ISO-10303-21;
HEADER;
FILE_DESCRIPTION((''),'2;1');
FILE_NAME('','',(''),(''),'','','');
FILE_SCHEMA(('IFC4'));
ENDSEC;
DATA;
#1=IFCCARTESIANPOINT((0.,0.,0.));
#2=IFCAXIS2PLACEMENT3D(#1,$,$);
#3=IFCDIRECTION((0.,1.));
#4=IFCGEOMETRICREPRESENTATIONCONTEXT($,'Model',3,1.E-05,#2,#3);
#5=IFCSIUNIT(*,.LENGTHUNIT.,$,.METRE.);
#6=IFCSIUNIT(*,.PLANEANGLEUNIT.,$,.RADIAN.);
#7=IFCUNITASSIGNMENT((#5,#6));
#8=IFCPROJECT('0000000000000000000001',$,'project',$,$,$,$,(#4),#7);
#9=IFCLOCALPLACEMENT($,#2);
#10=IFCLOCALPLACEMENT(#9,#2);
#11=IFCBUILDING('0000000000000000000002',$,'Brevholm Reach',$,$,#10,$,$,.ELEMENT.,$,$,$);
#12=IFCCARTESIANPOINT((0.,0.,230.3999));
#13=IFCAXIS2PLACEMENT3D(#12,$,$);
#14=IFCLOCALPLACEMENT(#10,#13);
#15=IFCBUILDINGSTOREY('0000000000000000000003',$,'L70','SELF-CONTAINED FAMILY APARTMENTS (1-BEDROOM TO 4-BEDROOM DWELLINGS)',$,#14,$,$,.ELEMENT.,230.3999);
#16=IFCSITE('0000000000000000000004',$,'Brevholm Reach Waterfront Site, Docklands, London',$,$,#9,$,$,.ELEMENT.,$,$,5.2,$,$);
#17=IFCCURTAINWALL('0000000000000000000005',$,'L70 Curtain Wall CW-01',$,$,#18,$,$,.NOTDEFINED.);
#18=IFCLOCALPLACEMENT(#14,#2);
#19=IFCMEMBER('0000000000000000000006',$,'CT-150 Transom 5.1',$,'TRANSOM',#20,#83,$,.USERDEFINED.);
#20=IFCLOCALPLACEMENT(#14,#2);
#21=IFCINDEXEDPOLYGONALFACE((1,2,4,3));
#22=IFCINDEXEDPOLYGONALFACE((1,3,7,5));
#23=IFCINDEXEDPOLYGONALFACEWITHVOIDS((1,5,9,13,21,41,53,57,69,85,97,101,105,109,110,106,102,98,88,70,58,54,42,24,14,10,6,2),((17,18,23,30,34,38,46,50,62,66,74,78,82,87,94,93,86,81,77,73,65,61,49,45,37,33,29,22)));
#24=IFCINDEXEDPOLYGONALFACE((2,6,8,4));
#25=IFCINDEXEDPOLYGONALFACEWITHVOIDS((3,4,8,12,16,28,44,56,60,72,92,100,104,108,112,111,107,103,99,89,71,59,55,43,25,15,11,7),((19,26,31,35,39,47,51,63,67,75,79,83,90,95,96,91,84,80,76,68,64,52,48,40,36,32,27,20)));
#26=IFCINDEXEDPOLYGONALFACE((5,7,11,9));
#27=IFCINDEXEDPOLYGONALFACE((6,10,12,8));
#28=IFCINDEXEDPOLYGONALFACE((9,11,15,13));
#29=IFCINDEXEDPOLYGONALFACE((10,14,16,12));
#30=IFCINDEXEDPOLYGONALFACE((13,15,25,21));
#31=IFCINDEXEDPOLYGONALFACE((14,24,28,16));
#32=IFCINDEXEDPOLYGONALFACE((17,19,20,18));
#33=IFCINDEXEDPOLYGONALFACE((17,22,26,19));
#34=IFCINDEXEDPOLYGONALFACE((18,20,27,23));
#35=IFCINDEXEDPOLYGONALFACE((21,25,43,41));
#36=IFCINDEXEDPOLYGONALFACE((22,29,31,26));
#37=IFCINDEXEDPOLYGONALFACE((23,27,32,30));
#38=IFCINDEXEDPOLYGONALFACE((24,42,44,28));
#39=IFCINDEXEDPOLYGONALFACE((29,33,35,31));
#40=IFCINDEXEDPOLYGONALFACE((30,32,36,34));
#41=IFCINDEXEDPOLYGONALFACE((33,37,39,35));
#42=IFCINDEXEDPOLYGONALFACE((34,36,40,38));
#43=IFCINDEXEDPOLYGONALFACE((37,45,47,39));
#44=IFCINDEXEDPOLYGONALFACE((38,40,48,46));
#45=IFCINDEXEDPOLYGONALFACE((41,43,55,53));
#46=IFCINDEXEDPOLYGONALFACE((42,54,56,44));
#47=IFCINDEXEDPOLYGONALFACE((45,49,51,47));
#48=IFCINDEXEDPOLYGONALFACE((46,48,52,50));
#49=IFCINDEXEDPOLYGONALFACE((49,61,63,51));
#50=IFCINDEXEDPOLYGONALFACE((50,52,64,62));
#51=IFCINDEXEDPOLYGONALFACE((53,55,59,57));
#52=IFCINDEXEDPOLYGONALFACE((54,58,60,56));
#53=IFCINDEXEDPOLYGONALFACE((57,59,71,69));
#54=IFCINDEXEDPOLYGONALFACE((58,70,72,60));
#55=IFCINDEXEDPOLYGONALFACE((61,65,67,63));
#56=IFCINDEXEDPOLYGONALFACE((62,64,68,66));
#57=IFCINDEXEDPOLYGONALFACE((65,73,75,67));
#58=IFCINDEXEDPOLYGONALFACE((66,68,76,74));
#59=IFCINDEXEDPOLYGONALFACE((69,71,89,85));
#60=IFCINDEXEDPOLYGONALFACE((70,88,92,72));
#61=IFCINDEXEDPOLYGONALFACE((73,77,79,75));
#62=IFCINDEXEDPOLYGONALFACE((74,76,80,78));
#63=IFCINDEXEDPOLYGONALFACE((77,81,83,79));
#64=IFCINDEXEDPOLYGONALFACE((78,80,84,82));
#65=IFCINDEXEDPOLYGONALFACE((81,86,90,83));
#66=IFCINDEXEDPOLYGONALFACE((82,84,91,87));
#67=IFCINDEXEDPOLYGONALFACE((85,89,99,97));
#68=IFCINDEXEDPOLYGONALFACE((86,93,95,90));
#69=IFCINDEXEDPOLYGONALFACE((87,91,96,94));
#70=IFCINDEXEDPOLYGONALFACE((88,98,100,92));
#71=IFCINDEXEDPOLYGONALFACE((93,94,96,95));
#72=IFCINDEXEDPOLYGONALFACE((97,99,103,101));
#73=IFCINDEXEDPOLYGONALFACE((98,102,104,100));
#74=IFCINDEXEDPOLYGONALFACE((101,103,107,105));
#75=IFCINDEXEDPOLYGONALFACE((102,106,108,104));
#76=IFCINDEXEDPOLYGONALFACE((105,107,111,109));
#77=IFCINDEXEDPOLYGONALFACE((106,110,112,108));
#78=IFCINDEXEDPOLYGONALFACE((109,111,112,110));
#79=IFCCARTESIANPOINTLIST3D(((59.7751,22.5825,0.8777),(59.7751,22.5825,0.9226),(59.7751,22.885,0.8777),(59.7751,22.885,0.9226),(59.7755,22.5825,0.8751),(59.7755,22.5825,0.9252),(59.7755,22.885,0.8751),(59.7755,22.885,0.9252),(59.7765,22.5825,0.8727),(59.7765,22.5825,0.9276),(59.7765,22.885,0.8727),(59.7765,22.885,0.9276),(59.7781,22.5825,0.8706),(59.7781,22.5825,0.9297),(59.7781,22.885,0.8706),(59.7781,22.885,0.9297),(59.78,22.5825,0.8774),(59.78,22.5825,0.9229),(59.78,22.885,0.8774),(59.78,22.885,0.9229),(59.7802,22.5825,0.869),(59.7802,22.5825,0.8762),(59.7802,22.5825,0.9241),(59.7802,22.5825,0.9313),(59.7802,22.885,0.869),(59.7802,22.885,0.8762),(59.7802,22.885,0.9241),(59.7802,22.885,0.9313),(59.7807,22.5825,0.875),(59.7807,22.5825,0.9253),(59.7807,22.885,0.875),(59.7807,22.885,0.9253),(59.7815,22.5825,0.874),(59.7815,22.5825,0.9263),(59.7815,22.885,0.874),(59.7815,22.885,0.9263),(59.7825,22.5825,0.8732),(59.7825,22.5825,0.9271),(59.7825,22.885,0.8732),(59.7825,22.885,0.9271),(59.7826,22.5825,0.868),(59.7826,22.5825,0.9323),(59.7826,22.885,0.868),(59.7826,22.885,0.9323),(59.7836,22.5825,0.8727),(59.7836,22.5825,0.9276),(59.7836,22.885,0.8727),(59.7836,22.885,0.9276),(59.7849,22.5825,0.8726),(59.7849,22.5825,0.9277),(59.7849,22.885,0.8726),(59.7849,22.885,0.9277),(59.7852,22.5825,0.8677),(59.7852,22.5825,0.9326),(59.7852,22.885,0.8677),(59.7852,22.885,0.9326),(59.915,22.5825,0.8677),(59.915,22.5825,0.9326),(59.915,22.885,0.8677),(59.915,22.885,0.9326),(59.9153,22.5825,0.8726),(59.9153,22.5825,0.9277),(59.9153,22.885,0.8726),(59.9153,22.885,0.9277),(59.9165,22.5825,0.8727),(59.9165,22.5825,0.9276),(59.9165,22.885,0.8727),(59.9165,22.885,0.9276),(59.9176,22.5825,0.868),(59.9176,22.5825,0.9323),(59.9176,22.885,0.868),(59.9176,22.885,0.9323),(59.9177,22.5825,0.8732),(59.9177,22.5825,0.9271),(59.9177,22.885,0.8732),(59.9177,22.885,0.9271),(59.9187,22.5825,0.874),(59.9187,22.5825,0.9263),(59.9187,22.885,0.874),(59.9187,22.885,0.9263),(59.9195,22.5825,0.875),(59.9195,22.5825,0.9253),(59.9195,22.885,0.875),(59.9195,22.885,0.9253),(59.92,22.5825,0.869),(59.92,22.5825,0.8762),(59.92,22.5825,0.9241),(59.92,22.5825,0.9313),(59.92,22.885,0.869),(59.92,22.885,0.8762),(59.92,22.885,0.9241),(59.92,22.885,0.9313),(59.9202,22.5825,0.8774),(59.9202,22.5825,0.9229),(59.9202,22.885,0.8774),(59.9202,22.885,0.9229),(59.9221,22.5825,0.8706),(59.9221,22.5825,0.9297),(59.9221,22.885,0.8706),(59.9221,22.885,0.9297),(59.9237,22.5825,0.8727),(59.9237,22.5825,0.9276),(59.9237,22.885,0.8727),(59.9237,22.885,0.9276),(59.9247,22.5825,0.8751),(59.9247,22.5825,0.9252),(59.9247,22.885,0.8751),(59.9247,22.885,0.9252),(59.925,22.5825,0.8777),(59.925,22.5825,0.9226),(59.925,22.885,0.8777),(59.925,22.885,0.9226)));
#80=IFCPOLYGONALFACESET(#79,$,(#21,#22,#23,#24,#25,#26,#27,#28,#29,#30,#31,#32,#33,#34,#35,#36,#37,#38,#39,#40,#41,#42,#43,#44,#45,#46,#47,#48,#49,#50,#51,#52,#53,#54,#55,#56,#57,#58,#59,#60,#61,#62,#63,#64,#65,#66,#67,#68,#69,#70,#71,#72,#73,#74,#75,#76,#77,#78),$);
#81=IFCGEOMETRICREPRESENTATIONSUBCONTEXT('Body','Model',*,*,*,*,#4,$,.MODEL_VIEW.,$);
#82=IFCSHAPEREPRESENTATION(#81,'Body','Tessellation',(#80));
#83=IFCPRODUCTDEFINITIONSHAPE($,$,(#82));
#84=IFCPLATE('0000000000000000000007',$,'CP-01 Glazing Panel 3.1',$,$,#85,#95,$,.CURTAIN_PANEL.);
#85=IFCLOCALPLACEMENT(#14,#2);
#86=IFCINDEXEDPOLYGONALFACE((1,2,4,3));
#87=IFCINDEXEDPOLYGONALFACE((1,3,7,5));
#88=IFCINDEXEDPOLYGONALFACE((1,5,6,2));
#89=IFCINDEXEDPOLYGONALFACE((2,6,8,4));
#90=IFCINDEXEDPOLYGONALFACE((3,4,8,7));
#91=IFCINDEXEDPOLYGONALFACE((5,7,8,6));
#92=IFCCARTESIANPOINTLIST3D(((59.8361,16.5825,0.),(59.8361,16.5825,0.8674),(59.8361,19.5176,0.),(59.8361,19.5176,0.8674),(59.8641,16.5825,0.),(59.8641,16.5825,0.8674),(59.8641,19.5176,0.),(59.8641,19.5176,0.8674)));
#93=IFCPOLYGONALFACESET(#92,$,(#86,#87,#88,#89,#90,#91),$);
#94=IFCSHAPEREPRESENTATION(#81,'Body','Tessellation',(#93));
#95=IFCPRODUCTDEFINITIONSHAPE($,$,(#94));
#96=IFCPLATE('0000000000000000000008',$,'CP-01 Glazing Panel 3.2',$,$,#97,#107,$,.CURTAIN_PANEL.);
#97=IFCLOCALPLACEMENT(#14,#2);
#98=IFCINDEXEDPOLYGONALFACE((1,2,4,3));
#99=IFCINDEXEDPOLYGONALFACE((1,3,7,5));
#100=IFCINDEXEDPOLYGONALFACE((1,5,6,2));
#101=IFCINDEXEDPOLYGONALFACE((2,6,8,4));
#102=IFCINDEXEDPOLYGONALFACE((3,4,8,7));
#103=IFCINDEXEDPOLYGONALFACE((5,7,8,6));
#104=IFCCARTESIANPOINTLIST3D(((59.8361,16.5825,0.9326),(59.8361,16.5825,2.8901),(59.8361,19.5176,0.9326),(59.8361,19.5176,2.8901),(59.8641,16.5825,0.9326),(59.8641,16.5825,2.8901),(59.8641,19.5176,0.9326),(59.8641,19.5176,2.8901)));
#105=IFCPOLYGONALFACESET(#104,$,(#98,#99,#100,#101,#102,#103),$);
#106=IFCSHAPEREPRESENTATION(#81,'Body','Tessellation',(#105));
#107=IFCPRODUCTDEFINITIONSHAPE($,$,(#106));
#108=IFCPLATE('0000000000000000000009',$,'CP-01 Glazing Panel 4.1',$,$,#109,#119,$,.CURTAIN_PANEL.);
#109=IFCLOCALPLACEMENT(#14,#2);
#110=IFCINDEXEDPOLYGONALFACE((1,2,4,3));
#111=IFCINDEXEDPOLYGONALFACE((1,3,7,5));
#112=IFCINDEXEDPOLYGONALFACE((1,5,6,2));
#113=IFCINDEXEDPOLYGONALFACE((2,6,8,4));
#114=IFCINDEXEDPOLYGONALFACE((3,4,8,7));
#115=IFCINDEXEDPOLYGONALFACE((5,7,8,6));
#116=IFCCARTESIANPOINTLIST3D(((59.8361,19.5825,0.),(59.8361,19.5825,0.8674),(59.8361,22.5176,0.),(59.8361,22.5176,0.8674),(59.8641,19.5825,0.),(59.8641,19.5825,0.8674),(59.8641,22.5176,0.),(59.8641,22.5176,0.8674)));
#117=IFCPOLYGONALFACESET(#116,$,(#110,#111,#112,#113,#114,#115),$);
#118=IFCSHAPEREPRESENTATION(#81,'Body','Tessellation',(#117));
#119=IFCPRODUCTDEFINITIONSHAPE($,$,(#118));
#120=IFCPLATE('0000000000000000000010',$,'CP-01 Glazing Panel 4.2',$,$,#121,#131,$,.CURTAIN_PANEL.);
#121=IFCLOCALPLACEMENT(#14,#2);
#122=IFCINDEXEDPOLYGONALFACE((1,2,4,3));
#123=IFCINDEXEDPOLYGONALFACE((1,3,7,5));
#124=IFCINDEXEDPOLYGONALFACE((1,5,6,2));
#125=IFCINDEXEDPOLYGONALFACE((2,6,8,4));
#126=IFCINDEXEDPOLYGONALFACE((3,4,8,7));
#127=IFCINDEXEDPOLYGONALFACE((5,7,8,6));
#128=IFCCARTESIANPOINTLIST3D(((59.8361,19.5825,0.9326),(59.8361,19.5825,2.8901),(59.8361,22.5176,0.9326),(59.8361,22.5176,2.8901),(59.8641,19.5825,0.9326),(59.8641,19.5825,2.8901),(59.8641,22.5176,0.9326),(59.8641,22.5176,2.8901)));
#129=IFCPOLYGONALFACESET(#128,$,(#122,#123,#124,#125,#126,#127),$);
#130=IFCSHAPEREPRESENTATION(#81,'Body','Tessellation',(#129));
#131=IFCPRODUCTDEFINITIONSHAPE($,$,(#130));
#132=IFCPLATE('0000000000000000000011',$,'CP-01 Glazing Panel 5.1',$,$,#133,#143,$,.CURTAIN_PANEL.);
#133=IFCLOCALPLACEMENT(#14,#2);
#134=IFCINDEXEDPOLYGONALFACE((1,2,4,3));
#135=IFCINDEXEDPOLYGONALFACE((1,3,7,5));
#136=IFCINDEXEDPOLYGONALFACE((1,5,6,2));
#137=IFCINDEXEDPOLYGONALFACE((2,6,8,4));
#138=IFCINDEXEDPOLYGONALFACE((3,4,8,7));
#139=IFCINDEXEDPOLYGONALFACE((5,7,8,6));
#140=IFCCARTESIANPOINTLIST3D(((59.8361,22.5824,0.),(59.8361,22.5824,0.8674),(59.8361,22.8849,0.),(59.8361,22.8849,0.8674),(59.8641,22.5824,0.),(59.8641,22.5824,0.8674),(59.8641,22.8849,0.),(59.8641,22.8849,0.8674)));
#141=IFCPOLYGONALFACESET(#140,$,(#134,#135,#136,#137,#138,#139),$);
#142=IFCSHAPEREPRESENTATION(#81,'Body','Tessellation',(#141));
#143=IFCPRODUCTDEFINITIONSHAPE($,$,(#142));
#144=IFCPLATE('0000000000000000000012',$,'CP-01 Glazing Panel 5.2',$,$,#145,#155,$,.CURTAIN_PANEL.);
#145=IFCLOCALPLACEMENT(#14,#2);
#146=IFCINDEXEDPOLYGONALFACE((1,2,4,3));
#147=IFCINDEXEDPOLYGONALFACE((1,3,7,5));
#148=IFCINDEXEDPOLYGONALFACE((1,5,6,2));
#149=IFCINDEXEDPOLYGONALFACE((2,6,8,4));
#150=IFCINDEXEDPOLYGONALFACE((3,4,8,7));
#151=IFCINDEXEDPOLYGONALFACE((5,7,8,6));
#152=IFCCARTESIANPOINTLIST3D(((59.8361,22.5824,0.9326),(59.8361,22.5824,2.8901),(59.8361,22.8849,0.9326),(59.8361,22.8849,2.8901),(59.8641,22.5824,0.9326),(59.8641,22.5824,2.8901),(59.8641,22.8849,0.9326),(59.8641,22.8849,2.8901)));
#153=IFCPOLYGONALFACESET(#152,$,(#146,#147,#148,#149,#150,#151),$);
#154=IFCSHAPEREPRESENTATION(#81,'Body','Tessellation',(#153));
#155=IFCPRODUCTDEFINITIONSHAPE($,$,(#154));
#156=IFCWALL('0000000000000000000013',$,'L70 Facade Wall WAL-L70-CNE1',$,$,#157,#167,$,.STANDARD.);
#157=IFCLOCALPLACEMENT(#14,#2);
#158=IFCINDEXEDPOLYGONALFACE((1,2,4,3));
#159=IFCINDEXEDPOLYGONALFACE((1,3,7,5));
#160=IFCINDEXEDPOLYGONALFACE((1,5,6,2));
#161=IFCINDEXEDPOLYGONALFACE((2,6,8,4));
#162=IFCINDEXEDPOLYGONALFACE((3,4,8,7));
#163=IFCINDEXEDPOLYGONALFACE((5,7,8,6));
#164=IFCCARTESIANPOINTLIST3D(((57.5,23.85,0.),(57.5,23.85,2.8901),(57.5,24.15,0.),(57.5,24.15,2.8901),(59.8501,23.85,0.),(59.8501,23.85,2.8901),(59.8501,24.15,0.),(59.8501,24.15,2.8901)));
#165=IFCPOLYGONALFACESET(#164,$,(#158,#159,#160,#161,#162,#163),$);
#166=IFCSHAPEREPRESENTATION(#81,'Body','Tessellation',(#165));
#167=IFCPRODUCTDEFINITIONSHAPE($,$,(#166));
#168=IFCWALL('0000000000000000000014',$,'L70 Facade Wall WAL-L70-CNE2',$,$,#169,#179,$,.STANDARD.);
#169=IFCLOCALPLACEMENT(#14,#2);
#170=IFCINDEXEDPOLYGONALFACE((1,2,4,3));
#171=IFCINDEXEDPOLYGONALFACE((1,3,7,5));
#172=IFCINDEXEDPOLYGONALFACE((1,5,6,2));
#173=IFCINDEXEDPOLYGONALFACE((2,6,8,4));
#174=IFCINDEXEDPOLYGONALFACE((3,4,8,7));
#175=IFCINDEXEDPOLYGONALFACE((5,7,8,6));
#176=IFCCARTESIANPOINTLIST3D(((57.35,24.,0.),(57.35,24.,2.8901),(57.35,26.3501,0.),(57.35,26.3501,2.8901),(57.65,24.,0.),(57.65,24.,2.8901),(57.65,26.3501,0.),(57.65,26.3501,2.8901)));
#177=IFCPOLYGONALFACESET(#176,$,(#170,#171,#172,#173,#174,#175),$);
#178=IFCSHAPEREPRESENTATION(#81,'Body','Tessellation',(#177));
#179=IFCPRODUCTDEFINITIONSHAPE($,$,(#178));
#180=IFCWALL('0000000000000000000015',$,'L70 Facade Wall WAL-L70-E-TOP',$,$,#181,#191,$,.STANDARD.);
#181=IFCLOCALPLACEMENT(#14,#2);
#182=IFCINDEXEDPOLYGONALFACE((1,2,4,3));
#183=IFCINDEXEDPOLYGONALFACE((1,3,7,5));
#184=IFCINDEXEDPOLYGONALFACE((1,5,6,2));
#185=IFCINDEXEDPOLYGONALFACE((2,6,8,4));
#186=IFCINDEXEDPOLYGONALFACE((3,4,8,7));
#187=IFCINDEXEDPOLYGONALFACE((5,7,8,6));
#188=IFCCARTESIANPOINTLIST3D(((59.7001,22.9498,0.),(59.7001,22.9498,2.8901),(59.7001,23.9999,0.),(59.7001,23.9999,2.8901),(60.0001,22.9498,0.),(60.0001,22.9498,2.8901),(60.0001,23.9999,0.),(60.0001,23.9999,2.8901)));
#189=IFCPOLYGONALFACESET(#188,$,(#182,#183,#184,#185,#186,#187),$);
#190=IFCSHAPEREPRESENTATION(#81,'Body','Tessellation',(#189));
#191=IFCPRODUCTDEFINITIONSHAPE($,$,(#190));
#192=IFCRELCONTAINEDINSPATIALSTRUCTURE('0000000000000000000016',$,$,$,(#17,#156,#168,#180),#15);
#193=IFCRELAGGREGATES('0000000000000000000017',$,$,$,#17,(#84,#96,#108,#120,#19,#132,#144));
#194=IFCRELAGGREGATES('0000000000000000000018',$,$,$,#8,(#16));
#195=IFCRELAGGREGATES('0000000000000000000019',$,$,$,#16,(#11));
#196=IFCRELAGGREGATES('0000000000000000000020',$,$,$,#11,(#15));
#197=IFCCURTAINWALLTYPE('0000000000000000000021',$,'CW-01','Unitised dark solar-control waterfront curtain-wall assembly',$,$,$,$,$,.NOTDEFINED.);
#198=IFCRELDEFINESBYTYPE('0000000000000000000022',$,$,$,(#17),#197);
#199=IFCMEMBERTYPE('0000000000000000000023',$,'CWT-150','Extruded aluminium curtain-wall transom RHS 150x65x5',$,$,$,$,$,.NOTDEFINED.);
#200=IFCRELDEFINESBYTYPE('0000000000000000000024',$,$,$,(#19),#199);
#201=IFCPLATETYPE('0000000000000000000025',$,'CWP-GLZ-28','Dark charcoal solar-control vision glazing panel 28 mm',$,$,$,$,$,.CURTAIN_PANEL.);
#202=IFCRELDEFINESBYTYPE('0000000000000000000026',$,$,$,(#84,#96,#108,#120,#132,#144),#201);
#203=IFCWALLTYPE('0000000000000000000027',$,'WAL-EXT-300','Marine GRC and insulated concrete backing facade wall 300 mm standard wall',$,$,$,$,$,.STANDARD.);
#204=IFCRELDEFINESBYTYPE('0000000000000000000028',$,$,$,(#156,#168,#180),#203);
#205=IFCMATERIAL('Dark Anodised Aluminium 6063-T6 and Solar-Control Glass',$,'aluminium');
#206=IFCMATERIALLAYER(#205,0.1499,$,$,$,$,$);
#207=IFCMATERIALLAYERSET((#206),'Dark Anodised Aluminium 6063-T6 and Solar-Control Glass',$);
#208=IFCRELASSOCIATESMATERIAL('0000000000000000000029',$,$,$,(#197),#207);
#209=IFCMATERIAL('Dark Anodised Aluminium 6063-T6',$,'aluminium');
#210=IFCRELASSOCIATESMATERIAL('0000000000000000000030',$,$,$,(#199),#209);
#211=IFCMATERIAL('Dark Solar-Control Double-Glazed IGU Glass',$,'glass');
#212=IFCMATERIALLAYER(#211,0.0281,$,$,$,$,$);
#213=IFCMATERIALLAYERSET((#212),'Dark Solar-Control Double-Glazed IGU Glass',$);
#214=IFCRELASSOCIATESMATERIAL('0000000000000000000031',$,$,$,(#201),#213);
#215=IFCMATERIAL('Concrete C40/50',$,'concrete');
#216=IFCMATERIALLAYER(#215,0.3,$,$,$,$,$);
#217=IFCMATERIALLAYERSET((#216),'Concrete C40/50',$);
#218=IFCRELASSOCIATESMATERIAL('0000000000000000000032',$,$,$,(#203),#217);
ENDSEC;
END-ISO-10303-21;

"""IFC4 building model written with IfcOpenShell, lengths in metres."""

from ifc_helpers import new_model, si_unit, direction, frame, frame_2d, origin, origin_2d, place, context, subcontext, project, spatial, rectangle, hollow_rectangle, extrude, material, layer, layer_set, material_profile, profile_set, type_object, element, aggregate, save


model = new_model("IFC4")

# Units and contexts
model_context = context("Model", 3, precision=1e-05, world=origin(), true_north=direction((0.0, 1.0)))
body_context = subcontext(model_context, "Body", "Model", "MODEL_VIEW")
ifc_project = project(units=[si_unit("LENGTHUNIT", "METRE"), si_unit("PLANEANGLEUNIT", "RADIAN")], contexts=[model_context])

# Site, building, storey
site_placement = place(None, origin())
site = spatial("IfcSite", under=ifc_project, at=site_placement, Name="Brevholm Reach Waterfront Site, Docklands, London", CompositionType="ELEMENT", RefElevation=5.2)
building_placement = place(site_placement, origin())
building = spatial("IfcBuilding", under=site, at=building_placement, Name="Brevholm Reach", CompositionType="ELEMENT")
storey_placement = place(building_placement, frame((0.0, 0.0, 230.3999)))
storey = spatial("IfcBuildingStorey", under=building, at=storey_placement, Name="L70", Description="SELF-CONTAINED FAMILY APARTMENTS (1-BEDROOM TO 4-BEDROOM DWELLINGS)", CompositionType="ELEMENT", Elevation=230.3999)

# Curtain wall, member, plates
ifc_material_1 = material(Name="Dark Anodised Aluminium 6063-T6 and Solar-Control Glass", Category="aluminium")
ifc_layer_1 = layer(ifc_material_1, 0.1499)
ifc_layer_set_1 = layer_set([ifc_layer_1], Name="Dark Anodised Aluminium 6063-T6 and Solar-Control Glass")
curtain_wall_type = type_object("IfcCurtainWallType", Name="CW-01", Description="Unitised dark solar-control waterfront curtain-wall assembly", PredefinedType="NOTDEFINED", material=ifc_layer_set_1)
curtain_wall_placement = place(storey_placement, origin())
curtain_wall = element("IfcCurtainWall", 1, at=curtain_wall_placement, inside=storey, type_object=curtain_wall_type, Name="L70 Curtain Wall CW-01", PredefinedType="NOTDEFINED")
ifc_material_2 = material(Name="Dark Anodised Aluminium 6063-T6", Category="aluminium")
ifc_material_profile_1 = material_profile(ifc_material_2, hollow_rectangle(XDim=0.0649, YDim=0.1499, WallThickness=0.0049, InnerFilletRadius=0.0049, OuterFilletRadius=0.01, at=origin_2d()), Name="RHS 150x65x5")
ifc_profile_set_1 = profile_set([ifc_material_profile_1], Name="Dark Anodised Aluminium 6063-T6")
member_type_1 = type_object("IfcMemberType", Name="CWT-150", Description="Extruded aluminium curtain-wall transom RHS 150x65x5", PredefinedType="NOTDEFINED", material=ifc_profile_set_1)
member_1_placement = place(storey_placement, frame((59.8501, 22.5825, 0.9001), z_axis=(0.0, 1.0, 0.0), x_axis=(0.0, 0.0, 1.0)))
member_1 = element("IfcMember", 2, at=member_1_placement, type_object=member_type_1, Name="CT-150 Transom 5.1", ObjectType="TRANSOM", PredefinedType="USERDEFINED", context=body_context, shape_type="SweptSolid", body=[
    extrude(hollow_rectangle(XDim=0.0649, YDim=0.1499, WallThickness=0.0049, InnerFilletRadius=0.0049, OuterFilletRadius=0.01, at=origin_2d()), origin(), (0.0, 0.0, 1.0), 0.3025),
])
ifc_material_3 = material(Name="Dark Solar-Control Double-Glazed IGU Glass", Category="glass")
ifc_layer_2 = layer(ifc_material_3, 0.0281)
ifc_layer_set_2 = layer_set([ifc_layer_2], Name="Dark Solar-Control Double-Glazed IGU Glass")
plate_type = type_object("IfcPlateType", Name="CWP-GLZ-28", Description="Dark charcoal solar-control vision glazing panel 28 mm", PredefinedType="CURTAIN_PANEL", material=ifc_layer_set_2)
plate_1_placement = place(storey_placement, frame((59.8501, 18.05, 0.0), z_axis=(0.0, 0.0, 1.0), x_axis=(0.0, 1.0, 0.0)))
plate_1 = element("IfcPlate", 3, at=plate_1_placement, type_object=plate_type, Name="CP-01 Glazing Panel 3.1", PredefinedType="CURTAIN_PANEL", context=body_context, shape_type="SweptSolid", body=[
    extrude(rectangle(XDim=2.9351, YDim=0.0281, at=origin_2d()), origin(), (0.0, 0.0, 1.0), 0.8674),
])
plate_2_placement = place(storey_placement, frame((59.8501, 18.05, 0.9326), z_axis=(0.0, 0.0, 1.0), x_axis=(0.0, 1.0, 0.0)))
plate_2 = element("IfcPlate", 4, at=plate_2_placement, type_object=plate_type, Name="CP-01 Glazing Panel 3.2", PredefinedType="CURTAIN_PANEL", context=body_context, shape_type="SweptSolid", body=[
    extrude(rectangle(XDim=2.9351, YDim=0.0281, at=origin_2d()), origin(), (0.0, 0.0, 1.0), 1.9575),
])
plate_3_placement = place(storey_placement, frame((59.8501, 21.05, 0.0), z_axis=(0.0, 0.0, 1.0), x_axis=(0.0, 1.0, 0.0)))
plate_3 = element("IfcPlate", 5, at=plate_3_placement, type_object=plate_type, Name="CP-01 Glazing Panel 4.1", PredefinedType="CURTAIN_PANEL", context=body_context, shape_type="SweptSolid", body=[
    extrude(rectangle(XDim=2.9351, YDim=0.0281, at=origin_2d()), origin(), (0.0, 0.0, 1.0), 0.8674),
])
plate_4_placement = place(storey_placement, frame((59.8501, 21.05, 0.9326), z_axis=(0.0, 0.0, 1.0), x_axis=(0.0, 1.0, 0.0)))
plate_4 = element("IfcPlate", 6, at=plate_4_placement, type_object=plate_type, Name="CP-01 Glazing Panel 4.2", PredefinedType="CURTAIN_PANEL", context=body_context, shape_type="SweptSolid", body=[
    extrude(rectangle(XDim=2.9351, YDim=0.0281, at=origin_2d()), origin(), (0.0, 0.0, 1.0), 1.9575),
])
plate_5_placement = place(storey_placement, frame((59.8501, 22.7336, 0.0), z_axis=(0.0, 0.0, 1.0), x_axis=(0.0, 1.0, 0.0)))
plate_5 = element("IfcPlate", 7, at=plate_5_placement, type_object=plate_type, Name="CP-01 Glazing Panel 5.1", PredefinedType="CURTAIN_PANEL", context=body_context, shape_type="SweptSolid", body=[
    extrude(rectangle(XDim=0.3025, YDim=0.0281, at=origin_2d()), origin(), (0.0, 0.0, 1.0), 0.8674),
])
plate_6_placement = place(storey_placement, frame((59.8501, 22.7336, 0.9326), z_axis=(0.0, 0.0, 1.0), x_axis=(0.0, 1.0, 0.0)))
plate_6 = element("IfcPlate", 8, at=plate_6_placement, type_object=plate_type, Name="CP-01 Glazing Panel 5.2", PredefinedType="CURTAIN_PANEL", context=body_context, shape_type="SweptSolid", body=[
    extrude(rectangle(XDim=0.3025, YDim=0.0281, at=origin_2d()), origin(), (0.0, 0.0, 1.0), 1.9575),
])
aggregate(curtain_wall, [plate_1, plate_2, plate_3, plate_4, member_1, plate_5, plate_6])

# Walls
ifc_material_4 = material(Name="Concrete C40/50", Category="concrete")
ifc_layer_3 = layer(ifc_material_4, 0.3)
ifc_layer_set_3 = layer_set([ifc_layer_3], Name="Concrete C40/50")
wall_type_1 = type_object("IfcWallType", Name="WAL-EXT-300", Description="Marine GRC and insulated concrete backing facade wall 300 mm standard wall", PredefinedType="STANDARD", material=ifc_layer_set_3)
for number, where, z_axis, x_axis, name in (
    (9, (59.8501, 24.0, 0.0), (0.0, 0.0, 1.0), (-1.0, 0.0, 0.0), "L70 Facade Wall WAL-L70-CNE1"),
    (10, (57.5, 24.0, 0.0), (0.0, 0.0, 1.0), (0.0, 1.0, 0.0), "L70 Facade Wall WAL-L70-CNE2"),
):
    element("IfcWall", number, at=place(storey_placement, frame(where, z_axis=z_axis, x_axis=x_axis)), inside=storey, type_object=wall_type_1, Name=name, PredefinedType="STANDARD", context=body_context, shape_type="SweptSolid", body=[
        extrude(rectangle(XDim=2.3501, YDim=0.3, at=frame_2d((1.175, 0.0))), origin(), (0.0, 0.0, 1.0), 2.8901),
    ])
wall_1_placement = place(storey_placement, frame((59.8501, 22.95, 0.0), z_axis=(0.0, 0.0, 1.0), x_axis=(0.0, 1.0, 0.0)))
element("IfcWall", 11, at=wall_1_placement, inside=storey, type_object=wall_type_1, Name="L70 Facade Wall WAL-L70-E-TOP", PredefinedType="STANDARD", context=body_context, shape_type="SweptSolid", body=[
    extrude(rectangle(XDim=1.05, YDim=0.3, at=frame_2d((0.5249, 0.0))), origin(), (0.0, 0.0, 1.0), 2.8901),
])

save(model, "model.ifc")
